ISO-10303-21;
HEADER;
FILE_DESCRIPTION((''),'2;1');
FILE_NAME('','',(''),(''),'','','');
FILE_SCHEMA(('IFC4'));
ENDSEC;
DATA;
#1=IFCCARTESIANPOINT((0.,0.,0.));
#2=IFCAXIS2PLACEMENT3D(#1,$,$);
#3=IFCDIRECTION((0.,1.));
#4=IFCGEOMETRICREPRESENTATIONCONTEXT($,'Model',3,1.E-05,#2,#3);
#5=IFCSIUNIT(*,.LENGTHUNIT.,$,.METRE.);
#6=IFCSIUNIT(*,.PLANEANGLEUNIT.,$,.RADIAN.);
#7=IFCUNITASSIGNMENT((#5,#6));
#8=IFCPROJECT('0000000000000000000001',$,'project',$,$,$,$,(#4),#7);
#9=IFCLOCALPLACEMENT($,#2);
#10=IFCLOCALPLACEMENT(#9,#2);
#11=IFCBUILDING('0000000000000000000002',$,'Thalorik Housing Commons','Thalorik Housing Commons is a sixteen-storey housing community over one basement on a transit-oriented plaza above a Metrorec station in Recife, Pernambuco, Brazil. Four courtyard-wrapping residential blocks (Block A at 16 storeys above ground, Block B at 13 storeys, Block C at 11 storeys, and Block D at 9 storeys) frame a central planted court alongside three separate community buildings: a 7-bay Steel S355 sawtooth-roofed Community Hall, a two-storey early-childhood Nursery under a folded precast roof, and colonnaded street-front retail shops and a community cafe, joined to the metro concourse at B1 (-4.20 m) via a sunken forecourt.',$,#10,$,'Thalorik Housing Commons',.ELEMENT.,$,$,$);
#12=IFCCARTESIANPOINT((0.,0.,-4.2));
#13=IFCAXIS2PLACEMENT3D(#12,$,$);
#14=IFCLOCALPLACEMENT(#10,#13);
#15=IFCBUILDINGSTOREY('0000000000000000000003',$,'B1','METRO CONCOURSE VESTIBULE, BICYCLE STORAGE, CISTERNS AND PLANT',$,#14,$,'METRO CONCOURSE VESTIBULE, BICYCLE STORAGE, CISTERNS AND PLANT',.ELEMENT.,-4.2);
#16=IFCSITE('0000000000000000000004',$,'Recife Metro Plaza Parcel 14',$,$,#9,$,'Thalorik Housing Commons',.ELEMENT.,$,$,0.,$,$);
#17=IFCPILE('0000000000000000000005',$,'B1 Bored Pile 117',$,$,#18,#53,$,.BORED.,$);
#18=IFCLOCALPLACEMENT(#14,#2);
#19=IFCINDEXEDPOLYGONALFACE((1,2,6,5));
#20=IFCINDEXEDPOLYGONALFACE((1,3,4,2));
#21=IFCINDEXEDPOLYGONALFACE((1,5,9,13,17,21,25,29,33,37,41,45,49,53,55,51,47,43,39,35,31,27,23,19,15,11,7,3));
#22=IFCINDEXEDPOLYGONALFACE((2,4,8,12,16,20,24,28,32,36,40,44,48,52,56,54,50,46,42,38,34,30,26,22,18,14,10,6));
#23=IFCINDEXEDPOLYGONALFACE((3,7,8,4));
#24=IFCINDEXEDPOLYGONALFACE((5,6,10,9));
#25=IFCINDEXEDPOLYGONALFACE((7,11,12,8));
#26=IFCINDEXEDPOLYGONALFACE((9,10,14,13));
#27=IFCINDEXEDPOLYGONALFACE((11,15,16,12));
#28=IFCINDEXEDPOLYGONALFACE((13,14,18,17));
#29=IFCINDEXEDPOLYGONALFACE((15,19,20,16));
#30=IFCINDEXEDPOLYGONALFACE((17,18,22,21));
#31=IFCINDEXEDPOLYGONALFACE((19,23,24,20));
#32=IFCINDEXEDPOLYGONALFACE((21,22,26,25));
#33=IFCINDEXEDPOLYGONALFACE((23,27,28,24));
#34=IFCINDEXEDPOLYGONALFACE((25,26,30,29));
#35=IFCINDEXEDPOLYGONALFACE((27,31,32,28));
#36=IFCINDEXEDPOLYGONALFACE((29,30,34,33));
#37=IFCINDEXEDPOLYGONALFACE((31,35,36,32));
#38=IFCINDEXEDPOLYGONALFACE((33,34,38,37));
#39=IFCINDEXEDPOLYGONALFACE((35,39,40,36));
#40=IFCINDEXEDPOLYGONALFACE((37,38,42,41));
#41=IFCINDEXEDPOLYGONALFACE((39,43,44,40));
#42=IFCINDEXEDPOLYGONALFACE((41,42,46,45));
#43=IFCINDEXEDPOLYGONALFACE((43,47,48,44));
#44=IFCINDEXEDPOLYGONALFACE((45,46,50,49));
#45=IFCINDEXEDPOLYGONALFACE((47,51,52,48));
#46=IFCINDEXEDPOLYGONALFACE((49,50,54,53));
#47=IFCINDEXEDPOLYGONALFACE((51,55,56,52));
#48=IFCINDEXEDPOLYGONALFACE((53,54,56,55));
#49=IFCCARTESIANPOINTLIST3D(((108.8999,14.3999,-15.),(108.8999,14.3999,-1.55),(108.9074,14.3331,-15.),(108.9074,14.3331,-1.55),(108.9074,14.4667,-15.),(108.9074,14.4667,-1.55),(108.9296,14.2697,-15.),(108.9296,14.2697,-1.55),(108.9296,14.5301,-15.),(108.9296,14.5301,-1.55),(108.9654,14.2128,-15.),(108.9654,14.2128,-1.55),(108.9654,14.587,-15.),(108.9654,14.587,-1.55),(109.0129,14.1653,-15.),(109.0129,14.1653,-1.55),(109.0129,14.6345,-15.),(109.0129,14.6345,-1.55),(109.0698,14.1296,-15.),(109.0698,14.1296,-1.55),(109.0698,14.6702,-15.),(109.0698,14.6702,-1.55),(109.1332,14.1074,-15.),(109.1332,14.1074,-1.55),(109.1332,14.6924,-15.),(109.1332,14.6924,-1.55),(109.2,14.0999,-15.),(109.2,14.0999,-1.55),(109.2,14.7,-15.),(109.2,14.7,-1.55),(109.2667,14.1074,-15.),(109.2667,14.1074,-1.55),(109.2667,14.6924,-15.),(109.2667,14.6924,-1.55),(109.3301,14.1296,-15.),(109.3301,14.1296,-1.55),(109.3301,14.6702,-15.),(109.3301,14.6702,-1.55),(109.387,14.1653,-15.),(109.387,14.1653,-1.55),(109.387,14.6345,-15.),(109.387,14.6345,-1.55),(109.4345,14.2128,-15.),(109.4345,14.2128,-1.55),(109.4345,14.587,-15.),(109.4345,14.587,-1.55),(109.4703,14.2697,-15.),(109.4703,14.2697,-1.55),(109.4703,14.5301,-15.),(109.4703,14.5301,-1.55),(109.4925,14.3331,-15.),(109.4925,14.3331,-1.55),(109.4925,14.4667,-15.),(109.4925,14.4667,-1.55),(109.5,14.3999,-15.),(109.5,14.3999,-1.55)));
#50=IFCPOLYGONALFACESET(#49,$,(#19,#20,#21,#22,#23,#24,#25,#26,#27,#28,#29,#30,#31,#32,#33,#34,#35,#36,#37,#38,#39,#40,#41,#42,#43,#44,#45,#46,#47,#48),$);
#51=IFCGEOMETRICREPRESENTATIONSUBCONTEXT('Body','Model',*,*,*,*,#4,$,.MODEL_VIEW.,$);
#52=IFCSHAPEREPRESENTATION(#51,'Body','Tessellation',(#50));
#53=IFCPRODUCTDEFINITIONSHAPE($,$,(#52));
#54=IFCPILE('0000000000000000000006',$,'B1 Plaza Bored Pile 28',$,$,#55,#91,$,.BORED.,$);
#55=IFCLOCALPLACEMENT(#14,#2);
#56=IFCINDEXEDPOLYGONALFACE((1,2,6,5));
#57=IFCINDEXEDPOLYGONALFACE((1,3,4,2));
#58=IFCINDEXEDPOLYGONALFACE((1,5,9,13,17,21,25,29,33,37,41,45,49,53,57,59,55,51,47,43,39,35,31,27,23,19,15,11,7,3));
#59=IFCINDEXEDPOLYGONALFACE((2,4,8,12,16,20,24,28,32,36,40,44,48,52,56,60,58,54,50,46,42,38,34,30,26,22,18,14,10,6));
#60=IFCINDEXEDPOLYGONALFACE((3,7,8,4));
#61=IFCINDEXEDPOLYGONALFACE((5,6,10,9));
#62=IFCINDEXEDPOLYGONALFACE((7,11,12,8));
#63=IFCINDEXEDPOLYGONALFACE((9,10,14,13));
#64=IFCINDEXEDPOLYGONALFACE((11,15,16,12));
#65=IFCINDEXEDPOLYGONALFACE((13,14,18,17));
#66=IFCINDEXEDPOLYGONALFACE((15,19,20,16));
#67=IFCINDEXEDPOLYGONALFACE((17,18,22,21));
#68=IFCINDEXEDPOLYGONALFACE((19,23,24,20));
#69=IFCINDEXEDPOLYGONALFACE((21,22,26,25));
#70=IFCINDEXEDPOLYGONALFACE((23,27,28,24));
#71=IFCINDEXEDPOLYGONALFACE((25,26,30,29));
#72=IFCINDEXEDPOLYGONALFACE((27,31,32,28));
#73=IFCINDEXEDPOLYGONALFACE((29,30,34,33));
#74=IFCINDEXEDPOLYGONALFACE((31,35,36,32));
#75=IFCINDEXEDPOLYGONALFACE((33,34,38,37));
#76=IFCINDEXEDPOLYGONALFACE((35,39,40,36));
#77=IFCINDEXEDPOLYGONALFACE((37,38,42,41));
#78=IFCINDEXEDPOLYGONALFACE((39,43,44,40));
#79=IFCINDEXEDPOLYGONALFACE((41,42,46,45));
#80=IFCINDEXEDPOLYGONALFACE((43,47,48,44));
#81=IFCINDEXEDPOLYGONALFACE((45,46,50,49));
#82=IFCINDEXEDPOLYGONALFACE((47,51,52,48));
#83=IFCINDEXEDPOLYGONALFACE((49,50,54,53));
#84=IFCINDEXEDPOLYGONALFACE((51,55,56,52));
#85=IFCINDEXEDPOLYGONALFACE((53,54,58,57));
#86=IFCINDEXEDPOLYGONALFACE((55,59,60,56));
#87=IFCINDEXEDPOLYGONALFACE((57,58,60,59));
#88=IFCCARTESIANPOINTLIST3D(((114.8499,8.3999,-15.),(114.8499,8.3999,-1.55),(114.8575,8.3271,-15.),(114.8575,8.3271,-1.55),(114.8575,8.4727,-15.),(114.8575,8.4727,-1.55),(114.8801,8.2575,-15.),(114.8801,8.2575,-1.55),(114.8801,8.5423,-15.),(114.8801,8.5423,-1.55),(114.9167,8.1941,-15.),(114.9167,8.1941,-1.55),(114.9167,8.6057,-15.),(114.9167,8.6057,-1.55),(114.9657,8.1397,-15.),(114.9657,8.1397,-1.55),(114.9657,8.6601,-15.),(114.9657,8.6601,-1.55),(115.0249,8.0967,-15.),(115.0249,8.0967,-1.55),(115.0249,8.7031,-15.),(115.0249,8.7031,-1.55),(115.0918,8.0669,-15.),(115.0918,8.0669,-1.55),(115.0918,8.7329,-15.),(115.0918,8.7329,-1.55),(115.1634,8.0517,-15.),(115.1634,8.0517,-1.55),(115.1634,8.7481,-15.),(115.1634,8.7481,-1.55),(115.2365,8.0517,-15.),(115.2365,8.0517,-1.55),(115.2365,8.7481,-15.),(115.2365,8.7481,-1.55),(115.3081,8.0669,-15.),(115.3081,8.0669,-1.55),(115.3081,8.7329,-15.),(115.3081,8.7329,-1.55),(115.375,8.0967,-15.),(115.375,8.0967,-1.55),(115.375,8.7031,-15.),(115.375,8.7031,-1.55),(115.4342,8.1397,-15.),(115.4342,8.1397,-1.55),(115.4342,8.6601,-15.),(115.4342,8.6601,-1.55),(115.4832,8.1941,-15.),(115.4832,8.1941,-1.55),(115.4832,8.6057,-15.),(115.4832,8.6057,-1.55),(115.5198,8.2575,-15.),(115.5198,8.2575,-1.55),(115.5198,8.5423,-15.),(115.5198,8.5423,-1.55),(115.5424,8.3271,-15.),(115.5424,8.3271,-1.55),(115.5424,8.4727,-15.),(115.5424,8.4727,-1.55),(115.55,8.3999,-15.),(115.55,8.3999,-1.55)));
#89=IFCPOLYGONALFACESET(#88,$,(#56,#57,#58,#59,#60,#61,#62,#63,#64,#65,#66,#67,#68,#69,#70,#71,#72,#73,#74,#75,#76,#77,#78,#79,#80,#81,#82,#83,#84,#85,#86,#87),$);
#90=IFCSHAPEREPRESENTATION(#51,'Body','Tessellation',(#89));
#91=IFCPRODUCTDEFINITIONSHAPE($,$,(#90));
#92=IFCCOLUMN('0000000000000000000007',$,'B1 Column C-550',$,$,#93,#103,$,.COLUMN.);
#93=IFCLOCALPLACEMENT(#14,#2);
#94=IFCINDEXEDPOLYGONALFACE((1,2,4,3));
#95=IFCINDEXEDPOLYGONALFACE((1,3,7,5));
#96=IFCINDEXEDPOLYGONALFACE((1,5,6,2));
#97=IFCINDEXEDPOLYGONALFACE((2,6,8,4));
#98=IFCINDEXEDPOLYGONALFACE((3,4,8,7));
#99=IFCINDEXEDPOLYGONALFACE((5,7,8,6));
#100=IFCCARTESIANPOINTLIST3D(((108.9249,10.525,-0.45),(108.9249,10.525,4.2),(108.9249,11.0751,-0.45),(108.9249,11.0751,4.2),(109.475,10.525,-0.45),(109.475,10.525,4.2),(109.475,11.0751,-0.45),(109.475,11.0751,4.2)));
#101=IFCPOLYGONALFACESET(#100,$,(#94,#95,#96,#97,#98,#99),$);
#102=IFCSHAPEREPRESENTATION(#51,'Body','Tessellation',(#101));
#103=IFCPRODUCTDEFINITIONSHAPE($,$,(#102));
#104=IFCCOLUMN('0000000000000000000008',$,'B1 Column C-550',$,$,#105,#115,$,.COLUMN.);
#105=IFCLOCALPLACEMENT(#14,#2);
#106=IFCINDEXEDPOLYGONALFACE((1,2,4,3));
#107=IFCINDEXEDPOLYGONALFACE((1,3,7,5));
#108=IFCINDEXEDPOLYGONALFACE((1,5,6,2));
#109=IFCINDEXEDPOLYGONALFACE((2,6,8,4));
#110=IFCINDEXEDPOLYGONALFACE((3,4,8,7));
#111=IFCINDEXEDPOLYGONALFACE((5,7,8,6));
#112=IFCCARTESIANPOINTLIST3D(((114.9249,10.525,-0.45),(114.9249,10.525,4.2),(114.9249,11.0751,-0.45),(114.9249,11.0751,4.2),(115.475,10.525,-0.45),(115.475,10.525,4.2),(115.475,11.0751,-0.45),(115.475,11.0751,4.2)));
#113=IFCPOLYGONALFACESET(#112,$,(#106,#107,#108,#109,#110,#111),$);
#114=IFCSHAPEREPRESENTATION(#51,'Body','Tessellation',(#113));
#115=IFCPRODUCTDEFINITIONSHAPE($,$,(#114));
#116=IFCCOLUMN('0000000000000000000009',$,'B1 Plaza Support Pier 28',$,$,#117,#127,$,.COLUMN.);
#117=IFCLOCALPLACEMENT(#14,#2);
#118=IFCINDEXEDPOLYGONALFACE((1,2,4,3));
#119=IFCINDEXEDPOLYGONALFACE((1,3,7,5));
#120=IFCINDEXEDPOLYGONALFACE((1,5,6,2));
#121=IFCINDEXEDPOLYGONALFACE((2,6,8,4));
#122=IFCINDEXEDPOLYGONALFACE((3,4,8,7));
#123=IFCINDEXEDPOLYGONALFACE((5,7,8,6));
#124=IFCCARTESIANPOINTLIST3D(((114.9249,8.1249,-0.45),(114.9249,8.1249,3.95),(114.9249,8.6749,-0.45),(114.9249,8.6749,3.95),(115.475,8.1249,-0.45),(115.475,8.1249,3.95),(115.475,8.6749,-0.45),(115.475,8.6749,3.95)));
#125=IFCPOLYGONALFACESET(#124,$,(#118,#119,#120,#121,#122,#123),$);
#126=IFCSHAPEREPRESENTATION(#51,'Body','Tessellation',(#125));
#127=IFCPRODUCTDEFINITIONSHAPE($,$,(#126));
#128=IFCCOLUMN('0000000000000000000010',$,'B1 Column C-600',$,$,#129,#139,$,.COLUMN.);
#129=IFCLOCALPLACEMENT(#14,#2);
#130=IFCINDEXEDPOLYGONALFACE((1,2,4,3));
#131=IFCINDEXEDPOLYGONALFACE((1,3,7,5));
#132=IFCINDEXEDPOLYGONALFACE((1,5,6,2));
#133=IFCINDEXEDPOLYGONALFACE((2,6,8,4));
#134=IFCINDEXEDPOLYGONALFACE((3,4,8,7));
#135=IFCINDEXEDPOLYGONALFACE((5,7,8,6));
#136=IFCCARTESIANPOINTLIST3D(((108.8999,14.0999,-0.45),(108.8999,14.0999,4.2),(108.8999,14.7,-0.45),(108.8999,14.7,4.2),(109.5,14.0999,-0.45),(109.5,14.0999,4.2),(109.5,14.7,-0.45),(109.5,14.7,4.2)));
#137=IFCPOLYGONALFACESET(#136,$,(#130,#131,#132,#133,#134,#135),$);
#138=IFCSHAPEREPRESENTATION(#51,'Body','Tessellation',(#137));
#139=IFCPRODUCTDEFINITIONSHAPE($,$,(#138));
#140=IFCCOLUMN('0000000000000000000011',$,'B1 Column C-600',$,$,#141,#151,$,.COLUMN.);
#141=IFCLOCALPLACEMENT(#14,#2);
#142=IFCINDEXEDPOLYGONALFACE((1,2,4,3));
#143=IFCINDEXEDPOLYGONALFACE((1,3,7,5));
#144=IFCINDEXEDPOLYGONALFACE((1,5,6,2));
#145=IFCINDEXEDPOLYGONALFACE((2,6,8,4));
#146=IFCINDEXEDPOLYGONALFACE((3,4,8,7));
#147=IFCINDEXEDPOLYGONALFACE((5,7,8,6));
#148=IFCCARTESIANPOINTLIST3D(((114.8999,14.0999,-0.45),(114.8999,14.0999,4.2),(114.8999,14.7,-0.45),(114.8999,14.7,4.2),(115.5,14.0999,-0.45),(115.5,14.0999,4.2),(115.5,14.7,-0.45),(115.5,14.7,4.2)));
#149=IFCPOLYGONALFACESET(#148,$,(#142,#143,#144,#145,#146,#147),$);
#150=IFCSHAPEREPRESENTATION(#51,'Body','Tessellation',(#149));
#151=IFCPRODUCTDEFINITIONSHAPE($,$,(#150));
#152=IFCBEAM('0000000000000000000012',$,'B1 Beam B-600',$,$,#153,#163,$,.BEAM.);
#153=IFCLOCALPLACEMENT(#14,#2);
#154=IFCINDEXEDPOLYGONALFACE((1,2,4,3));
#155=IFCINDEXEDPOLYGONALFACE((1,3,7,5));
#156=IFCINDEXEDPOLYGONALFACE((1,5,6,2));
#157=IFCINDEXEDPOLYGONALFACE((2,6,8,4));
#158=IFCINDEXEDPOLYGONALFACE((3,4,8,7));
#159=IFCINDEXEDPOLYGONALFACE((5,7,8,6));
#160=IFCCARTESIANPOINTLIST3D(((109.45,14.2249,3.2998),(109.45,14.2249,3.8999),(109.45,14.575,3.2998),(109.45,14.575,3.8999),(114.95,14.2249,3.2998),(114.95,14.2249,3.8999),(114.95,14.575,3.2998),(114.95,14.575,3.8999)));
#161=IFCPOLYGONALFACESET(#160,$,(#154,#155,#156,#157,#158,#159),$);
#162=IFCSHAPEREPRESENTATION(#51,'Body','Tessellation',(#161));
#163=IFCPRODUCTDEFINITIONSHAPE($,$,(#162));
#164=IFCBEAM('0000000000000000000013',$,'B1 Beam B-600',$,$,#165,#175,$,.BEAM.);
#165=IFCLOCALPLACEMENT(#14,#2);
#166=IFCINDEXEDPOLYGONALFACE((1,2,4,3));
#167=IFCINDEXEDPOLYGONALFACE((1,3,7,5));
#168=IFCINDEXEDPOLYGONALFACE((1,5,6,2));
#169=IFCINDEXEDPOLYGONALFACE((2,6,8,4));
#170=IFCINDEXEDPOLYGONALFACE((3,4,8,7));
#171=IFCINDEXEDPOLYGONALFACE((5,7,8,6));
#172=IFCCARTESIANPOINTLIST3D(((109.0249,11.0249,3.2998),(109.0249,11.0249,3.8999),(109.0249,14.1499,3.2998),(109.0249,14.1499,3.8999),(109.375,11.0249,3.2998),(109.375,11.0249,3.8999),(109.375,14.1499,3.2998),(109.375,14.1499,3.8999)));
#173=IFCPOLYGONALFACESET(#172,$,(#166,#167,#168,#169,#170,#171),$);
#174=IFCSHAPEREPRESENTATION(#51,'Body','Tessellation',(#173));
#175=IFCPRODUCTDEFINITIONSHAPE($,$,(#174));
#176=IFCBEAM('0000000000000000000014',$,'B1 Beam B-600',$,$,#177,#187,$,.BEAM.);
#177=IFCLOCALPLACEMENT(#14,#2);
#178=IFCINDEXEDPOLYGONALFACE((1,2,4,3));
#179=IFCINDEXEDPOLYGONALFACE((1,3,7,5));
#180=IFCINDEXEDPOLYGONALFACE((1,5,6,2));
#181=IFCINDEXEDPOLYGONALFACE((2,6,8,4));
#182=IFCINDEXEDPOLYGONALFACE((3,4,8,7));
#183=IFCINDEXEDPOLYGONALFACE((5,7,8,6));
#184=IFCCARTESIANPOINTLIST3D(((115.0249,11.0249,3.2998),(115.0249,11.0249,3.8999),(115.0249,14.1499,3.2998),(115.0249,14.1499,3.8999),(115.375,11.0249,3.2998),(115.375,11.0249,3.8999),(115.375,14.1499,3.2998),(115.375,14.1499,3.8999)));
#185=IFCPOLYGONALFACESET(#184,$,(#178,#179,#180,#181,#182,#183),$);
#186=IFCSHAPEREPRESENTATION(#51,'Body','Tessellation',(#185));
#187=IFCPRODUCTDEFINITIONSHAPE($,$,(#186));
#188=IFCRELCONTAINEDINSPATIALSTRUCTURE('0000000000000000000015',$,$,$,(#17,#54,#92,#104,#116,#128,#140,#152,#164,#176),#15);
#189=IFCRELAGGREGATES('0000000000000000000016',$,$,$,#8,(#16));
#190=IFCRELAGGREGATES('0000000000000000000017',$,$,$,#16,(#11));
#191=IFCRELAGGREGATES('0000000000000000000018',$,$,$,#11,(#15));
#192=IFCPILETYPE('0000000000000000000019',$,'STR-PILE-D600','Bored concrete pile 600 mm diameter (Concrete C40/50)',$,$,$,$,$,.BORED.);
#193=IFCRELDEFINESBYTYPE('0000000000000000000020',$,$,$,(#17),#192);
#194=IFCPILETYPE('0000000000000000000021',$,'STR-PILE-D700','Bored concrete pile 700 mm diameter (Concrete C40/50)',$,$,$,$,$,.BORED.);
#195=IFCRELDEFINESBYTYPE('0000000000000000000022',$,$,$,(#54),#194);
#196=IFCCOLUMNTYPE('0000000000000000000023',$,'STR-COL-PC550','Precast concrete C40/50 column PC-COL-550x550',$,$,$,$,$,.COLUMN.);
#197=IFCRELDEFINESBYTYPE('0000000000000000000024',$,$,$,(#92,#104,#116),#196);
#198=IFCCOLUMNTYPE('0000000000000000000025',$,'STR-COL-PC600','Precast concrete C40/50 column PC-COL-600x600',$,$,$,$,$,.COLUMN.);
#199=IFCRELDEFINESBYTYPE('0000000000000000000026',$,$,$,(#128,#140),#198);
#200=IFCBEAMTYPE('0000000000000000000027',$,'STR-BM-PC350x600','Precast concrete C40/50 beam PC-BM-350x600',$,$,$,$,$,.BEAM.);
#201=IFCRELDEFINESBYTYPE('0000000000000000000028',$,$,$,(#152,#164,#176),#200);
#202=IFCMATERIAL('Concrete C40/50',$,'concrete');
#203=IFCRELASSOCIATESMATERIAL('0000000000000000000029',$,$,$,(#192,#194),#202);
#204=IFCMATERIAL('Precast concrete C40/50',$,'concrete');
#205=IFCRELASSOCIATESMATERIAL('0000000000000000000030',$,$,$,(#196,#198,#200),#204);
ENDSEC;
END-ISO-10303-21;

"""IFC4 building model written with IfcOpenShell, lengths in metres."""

from ifc_helpers import new_model, si_unit, direction, frame, origin, origin_2d, place, context, subcontext, project, spatial, rectangle, circle, extrude, material, material_profile, profile_set, type_object, element, save


model = new_model("IFC4")

# Units and contexts
model_context = context("Model", 3, precision=1e-05, world=origin(), true_north=direction((0.0, 1.0)))
body_context = subcontext(model_context, "Body", "Model", "MODEL_VIEW")
ifc_project = project(units=[si_unit("LENGTHUNIT", "METRE"), si_unit("PLANEANGLEUNIT", "RADIAN")], contexts=[model_context])

# Site, building, storey
site_placement = place(None, origin())
site = spatial("IfcSite", under=ifc_project, at=site_placement, Name="Recife Metro Plaza Parcel 14", LongName="Thalorik Housing Commons", CompositionType="ELEMENT", RefElevation=0.0)
building_placement = place(site_placement, origin())
building = spatial("IfcBuilding", under=site, at=building_placement, Name="Thalorik Housing Commons", Description="Thalorik Housing Commons is a sixteen-storey housing community over one basement on a transit-oriented plaza above a Metrorec station in Recife, Pernambuco, Brazil. Four courtyard-wrapping residential blocks (Block A at 16 storeys above ground, Block B at 13 storeys, Block C at 11 storeys, and Block D at 9 storeys) frame a central planted court alongside three separate community buildings: a 7-bay Steel S355 sawtooth-roofed Community Hall, a two-storey early-childhood Nursery under a folded precast roof, and colonnaded street-front retail shops and a community cafe, joined to the metro concourse at B1 (-4.20 m) via a sunken forecourt.", LongName="Thalorik Housing Commons", CompositionType="ELEMENT")
storey_placement = place(building_placement, frame((0.0, 0.0, -4.2)))
storey = spatial("IfcBuildingStorey", under=building, at=storey_placement, Name="B1", Description="METRO CONCOURSE VESTIBULE, BICYCLE STORAGE, CISTERNS AND PLANT", LongName="METRO CONCOURSE VESTIBULE, BICYCLE STORAGE, CISTERNS AND PLANT", CompositionType="ELEMENT", Elevation=-4.2)

# Shared definitions
ifc_material_1 = material(Name="Concrete C40/50", Category="concrete")

# Piles
ifc_material_profile_1 = material_profile(ifc_material_1, circle(Radius=0.3, at=origin_2d()), Name="BORED PILE D600", Category="concrete")
ifc_profile_set_1 = profile_set([ifc_material_profile_1], Name="Concrete C40/50")
pile_type_1 = type_object("IfcPileType", Name="STR-PILE-D600", Description="Bored concrete pile 600 mm diameter (Concrete C40/50)", PredefinedType="BORED", material=ifc_profile_set_1)
for number, where, z_axis, x_axis, name in (
    (1, (109.2, 14.3999, -1.55), (0.0, 0.0, -1.0), (1.0, 0.0, 0.0), "B1 Bored Pile 117"),
):
    element("IfcPile", number, at=place(storey_placement, frame(where, z_axis=z_axis, x_axis=x_axis)), inside=storey, type_object=pile_type_1, Name=name, PredefinedType="BORED", context=body_context, shape_type="SweptSolid", body=[
        extrude(circle(Radius=0.3, at=origin_2d()), origin(), (0.0, 0.0, 1.0), 13.45),
    ])
ifc_material_profile_2 = material_profile(ifc_material_1, circle(Radius=0.3501, at=origin_2d()), Name="BORED PILE D700", Category="concrete")
ifc_profile_set_2 = profile_set([ifc_material_profile_2], Name="Concrete C40/50")
pile_type_2 = type_object("IfcPileType", Name="STR-PILE-D700", Description="Bored concrete pile 700 mm diameter (Concrete C40/50)", PredefinedType="BORED", material=ifc_profile_set_2)
pile_placement = place(storey_placement, frame((115.2, 8.3999, -1.55), z_axis=(0.0, 0.0, -1.0), x_axis=(1.0, 0.0, 0.0)))
element("IfcPile", 2, at=pile_placement, inside=storey, type_object=pile_type_2, Name="B1 Plaza Bored Pile 28", PredefinedType="BORED", context=body_context, shape_type="SweptSolid", body=[
    extrude(circle(Radius=0.3501, at=origin_2d()), origin(), (0.0, 0.0, 1.0), 13.45),
])

# Columns
ifc_material_2 = material(Name="Precast concrete C40/50", Category="concrete")
ifc_material_profile_3 = material_profile(ifc_material_2, rectangle(XDim=0.55, YDim=0.55, at=origin_2d()), Name="PC 550x550", Category="concrete")
ifc_profile_set_3 = profile_set([ifc_material_profile_3], Name="Precast concrete C40/50")
column_type_1 = type_object("IfcColumnType", Name="STR-COL-PC550", Description="Precast concrete C40/50 column PC-COL-550x550", PredefinedType="COLUMN", material=ifc_profile_set_3)
for number, where, z_axis, x_axis, name in (
    (3, (109.2, 10.8, -0.45), (0.0, 0.0, 1.0), (1.0, 0.0, 0.0), "B1 Column C-550"),
    (4, (115.2, 10.8, -0.45), (0.0, 0.0, 1.0), (1.0, 0.0, 0.0), "B1 Column C-550"),
):
    element("IfcColumn", number, at=place(storey_placement, frame(where, z_axis=z_axis, x_axis=x_axis)), inside=storey, type_object=column_type_1, Name=name, PredefinedType="COLUMN", context=body_context, shape_type="SweptSolid", body=[
        extrude(rectangle(XDim=0.55, YDim=0.55, at=origin_2d()), origin(), (0.0, 0.0, 1.0), 4.6499),
    ])
column_placement = place(storey_placement, frame((115.2, 8.3999, -0.45), z_axis=(0.0, 0.0, 1.0), x_axis=(1.0, 0.0, 0.0)))
element("IfcColumn", 5, at=column_placement, inside=storey, type_object=column_type_1, Name="B1 Plaza Support Pier 28", PredefinedType="COLUMN", context=body_context, shape_type="SweptSolid", body=[
    extrude(rectangle(XDim=0.55, YDim=0.55, at=origin_2d()), origin(), (0.0, 0.0, 1.0), 4.3999),
])
ifc_material_profile_4 = material_profile(ifc_material_2, rectangle(XDim=0.6001, YDim=0.6001, at=origin_2d()), Name="PC 600x600", Category="concrete")
ifc_profile_set_4 = profile_set([ifc_material_profile_4], Name="Precast concrete C40/50")
column_type_2 = type_object("IfcColumnType", Name="STR-COL-PC600", Description="Precast concrete C40/50 column PC-COL-600x600", PredefinedType="COLUMN", material=ifc_profile_set_4)
for number, where, z_axis, x_axis, name in (
    (6, (109.2, 14.3999, -0.45), (0.0, 0.0, 1.0), (1.0, 0.0, 0.0), "B1 Column C-600"),
    (7, (115.2, 14.3999, -0.45), (0.0, 0.0, 1.0), (1.0, 0.0, 0.0), "B1 Column C-600"),
):
    element("IfcColumn", number, at=place(storey_placement, frame(where, z_axis=z_axis, x_axis=x_axis)), inside=storey, type_object=column_type_2, Name=name, PredefinedType="COLUMN", context=body_context, shape_type="SweptSolid", body=[
        extrude(rectangle(XDim=0.6001, YDim=0.6001, at=origin_2d()), origin(), (0.0, 0.0, 1.0), 4.6499),
    ])

# Beams
ifc_material_profile_5 = material_profile(ifc_material_2, rectangle(XDim=0.3501, YDim=0.6001, at=origin_2d()), Name="PC 350x600", Category="concrete")
ifc_profile_set_5 = profile_set([ifc_material_profile_5], Name="Precast concrete C40/50")
beam_type_1 = type_object("IfcBeamType", Name="STR-BM-PC350x600", Description="Precast concrete C40/50 beam PC-BM-350x600", PredefinedType="BEAM", material=ifc_profile_set_5)
beam_1_placement = place(storey_placement, frame((109.45, 14.3999, 3.5999), z_axis=(1.0, 0.0, 0.0), x_axis=(0.0, 1.0, 0.0)))
element("IfcBeam", 8, at=beam_1_placement, inside=storey, type_object=beam_type_1, Name="B1 Beam B-600", PredefinedType="BEAM", context=body_context, shape_type="SweptSolid", body=[
    extrude(rectangle(XDim=0.3501, YDim=0.6001, at=origin_2d()), origin(), (0.0, 0.0, 1.0), 5.5),
])
for number, where, z_axis, x_axis, name in (
    (9, (109.2, 11.0249, 3.5999), (0.0, 1.0, 0.0), (-1.0, 0.0, 0.0), "B1 Beam B-600"),
    (10, (115.2, 11.0249, 3.5999), (0.0, 1.0, 0.0), (-1.0, 0.0, 0.0), "B1 Beam B-600"),
):
    element("IfcBeam", number, at=place(storey_placement, frame(where, z_axis=z_axis, x_axis=x_axis)), inside=storey, type_object=beam_type_1, Name=name, PredefinedType="BEAM", context=body_context, shape_type="SweptSolid", body=[
        extrude(rectangle(XDim=0.3501, YDim=0.6001, at=origin_2d()), origin(), (0.0, 0.0, 1.0), 3.125),
    ])

save(model, "model.ifc")
